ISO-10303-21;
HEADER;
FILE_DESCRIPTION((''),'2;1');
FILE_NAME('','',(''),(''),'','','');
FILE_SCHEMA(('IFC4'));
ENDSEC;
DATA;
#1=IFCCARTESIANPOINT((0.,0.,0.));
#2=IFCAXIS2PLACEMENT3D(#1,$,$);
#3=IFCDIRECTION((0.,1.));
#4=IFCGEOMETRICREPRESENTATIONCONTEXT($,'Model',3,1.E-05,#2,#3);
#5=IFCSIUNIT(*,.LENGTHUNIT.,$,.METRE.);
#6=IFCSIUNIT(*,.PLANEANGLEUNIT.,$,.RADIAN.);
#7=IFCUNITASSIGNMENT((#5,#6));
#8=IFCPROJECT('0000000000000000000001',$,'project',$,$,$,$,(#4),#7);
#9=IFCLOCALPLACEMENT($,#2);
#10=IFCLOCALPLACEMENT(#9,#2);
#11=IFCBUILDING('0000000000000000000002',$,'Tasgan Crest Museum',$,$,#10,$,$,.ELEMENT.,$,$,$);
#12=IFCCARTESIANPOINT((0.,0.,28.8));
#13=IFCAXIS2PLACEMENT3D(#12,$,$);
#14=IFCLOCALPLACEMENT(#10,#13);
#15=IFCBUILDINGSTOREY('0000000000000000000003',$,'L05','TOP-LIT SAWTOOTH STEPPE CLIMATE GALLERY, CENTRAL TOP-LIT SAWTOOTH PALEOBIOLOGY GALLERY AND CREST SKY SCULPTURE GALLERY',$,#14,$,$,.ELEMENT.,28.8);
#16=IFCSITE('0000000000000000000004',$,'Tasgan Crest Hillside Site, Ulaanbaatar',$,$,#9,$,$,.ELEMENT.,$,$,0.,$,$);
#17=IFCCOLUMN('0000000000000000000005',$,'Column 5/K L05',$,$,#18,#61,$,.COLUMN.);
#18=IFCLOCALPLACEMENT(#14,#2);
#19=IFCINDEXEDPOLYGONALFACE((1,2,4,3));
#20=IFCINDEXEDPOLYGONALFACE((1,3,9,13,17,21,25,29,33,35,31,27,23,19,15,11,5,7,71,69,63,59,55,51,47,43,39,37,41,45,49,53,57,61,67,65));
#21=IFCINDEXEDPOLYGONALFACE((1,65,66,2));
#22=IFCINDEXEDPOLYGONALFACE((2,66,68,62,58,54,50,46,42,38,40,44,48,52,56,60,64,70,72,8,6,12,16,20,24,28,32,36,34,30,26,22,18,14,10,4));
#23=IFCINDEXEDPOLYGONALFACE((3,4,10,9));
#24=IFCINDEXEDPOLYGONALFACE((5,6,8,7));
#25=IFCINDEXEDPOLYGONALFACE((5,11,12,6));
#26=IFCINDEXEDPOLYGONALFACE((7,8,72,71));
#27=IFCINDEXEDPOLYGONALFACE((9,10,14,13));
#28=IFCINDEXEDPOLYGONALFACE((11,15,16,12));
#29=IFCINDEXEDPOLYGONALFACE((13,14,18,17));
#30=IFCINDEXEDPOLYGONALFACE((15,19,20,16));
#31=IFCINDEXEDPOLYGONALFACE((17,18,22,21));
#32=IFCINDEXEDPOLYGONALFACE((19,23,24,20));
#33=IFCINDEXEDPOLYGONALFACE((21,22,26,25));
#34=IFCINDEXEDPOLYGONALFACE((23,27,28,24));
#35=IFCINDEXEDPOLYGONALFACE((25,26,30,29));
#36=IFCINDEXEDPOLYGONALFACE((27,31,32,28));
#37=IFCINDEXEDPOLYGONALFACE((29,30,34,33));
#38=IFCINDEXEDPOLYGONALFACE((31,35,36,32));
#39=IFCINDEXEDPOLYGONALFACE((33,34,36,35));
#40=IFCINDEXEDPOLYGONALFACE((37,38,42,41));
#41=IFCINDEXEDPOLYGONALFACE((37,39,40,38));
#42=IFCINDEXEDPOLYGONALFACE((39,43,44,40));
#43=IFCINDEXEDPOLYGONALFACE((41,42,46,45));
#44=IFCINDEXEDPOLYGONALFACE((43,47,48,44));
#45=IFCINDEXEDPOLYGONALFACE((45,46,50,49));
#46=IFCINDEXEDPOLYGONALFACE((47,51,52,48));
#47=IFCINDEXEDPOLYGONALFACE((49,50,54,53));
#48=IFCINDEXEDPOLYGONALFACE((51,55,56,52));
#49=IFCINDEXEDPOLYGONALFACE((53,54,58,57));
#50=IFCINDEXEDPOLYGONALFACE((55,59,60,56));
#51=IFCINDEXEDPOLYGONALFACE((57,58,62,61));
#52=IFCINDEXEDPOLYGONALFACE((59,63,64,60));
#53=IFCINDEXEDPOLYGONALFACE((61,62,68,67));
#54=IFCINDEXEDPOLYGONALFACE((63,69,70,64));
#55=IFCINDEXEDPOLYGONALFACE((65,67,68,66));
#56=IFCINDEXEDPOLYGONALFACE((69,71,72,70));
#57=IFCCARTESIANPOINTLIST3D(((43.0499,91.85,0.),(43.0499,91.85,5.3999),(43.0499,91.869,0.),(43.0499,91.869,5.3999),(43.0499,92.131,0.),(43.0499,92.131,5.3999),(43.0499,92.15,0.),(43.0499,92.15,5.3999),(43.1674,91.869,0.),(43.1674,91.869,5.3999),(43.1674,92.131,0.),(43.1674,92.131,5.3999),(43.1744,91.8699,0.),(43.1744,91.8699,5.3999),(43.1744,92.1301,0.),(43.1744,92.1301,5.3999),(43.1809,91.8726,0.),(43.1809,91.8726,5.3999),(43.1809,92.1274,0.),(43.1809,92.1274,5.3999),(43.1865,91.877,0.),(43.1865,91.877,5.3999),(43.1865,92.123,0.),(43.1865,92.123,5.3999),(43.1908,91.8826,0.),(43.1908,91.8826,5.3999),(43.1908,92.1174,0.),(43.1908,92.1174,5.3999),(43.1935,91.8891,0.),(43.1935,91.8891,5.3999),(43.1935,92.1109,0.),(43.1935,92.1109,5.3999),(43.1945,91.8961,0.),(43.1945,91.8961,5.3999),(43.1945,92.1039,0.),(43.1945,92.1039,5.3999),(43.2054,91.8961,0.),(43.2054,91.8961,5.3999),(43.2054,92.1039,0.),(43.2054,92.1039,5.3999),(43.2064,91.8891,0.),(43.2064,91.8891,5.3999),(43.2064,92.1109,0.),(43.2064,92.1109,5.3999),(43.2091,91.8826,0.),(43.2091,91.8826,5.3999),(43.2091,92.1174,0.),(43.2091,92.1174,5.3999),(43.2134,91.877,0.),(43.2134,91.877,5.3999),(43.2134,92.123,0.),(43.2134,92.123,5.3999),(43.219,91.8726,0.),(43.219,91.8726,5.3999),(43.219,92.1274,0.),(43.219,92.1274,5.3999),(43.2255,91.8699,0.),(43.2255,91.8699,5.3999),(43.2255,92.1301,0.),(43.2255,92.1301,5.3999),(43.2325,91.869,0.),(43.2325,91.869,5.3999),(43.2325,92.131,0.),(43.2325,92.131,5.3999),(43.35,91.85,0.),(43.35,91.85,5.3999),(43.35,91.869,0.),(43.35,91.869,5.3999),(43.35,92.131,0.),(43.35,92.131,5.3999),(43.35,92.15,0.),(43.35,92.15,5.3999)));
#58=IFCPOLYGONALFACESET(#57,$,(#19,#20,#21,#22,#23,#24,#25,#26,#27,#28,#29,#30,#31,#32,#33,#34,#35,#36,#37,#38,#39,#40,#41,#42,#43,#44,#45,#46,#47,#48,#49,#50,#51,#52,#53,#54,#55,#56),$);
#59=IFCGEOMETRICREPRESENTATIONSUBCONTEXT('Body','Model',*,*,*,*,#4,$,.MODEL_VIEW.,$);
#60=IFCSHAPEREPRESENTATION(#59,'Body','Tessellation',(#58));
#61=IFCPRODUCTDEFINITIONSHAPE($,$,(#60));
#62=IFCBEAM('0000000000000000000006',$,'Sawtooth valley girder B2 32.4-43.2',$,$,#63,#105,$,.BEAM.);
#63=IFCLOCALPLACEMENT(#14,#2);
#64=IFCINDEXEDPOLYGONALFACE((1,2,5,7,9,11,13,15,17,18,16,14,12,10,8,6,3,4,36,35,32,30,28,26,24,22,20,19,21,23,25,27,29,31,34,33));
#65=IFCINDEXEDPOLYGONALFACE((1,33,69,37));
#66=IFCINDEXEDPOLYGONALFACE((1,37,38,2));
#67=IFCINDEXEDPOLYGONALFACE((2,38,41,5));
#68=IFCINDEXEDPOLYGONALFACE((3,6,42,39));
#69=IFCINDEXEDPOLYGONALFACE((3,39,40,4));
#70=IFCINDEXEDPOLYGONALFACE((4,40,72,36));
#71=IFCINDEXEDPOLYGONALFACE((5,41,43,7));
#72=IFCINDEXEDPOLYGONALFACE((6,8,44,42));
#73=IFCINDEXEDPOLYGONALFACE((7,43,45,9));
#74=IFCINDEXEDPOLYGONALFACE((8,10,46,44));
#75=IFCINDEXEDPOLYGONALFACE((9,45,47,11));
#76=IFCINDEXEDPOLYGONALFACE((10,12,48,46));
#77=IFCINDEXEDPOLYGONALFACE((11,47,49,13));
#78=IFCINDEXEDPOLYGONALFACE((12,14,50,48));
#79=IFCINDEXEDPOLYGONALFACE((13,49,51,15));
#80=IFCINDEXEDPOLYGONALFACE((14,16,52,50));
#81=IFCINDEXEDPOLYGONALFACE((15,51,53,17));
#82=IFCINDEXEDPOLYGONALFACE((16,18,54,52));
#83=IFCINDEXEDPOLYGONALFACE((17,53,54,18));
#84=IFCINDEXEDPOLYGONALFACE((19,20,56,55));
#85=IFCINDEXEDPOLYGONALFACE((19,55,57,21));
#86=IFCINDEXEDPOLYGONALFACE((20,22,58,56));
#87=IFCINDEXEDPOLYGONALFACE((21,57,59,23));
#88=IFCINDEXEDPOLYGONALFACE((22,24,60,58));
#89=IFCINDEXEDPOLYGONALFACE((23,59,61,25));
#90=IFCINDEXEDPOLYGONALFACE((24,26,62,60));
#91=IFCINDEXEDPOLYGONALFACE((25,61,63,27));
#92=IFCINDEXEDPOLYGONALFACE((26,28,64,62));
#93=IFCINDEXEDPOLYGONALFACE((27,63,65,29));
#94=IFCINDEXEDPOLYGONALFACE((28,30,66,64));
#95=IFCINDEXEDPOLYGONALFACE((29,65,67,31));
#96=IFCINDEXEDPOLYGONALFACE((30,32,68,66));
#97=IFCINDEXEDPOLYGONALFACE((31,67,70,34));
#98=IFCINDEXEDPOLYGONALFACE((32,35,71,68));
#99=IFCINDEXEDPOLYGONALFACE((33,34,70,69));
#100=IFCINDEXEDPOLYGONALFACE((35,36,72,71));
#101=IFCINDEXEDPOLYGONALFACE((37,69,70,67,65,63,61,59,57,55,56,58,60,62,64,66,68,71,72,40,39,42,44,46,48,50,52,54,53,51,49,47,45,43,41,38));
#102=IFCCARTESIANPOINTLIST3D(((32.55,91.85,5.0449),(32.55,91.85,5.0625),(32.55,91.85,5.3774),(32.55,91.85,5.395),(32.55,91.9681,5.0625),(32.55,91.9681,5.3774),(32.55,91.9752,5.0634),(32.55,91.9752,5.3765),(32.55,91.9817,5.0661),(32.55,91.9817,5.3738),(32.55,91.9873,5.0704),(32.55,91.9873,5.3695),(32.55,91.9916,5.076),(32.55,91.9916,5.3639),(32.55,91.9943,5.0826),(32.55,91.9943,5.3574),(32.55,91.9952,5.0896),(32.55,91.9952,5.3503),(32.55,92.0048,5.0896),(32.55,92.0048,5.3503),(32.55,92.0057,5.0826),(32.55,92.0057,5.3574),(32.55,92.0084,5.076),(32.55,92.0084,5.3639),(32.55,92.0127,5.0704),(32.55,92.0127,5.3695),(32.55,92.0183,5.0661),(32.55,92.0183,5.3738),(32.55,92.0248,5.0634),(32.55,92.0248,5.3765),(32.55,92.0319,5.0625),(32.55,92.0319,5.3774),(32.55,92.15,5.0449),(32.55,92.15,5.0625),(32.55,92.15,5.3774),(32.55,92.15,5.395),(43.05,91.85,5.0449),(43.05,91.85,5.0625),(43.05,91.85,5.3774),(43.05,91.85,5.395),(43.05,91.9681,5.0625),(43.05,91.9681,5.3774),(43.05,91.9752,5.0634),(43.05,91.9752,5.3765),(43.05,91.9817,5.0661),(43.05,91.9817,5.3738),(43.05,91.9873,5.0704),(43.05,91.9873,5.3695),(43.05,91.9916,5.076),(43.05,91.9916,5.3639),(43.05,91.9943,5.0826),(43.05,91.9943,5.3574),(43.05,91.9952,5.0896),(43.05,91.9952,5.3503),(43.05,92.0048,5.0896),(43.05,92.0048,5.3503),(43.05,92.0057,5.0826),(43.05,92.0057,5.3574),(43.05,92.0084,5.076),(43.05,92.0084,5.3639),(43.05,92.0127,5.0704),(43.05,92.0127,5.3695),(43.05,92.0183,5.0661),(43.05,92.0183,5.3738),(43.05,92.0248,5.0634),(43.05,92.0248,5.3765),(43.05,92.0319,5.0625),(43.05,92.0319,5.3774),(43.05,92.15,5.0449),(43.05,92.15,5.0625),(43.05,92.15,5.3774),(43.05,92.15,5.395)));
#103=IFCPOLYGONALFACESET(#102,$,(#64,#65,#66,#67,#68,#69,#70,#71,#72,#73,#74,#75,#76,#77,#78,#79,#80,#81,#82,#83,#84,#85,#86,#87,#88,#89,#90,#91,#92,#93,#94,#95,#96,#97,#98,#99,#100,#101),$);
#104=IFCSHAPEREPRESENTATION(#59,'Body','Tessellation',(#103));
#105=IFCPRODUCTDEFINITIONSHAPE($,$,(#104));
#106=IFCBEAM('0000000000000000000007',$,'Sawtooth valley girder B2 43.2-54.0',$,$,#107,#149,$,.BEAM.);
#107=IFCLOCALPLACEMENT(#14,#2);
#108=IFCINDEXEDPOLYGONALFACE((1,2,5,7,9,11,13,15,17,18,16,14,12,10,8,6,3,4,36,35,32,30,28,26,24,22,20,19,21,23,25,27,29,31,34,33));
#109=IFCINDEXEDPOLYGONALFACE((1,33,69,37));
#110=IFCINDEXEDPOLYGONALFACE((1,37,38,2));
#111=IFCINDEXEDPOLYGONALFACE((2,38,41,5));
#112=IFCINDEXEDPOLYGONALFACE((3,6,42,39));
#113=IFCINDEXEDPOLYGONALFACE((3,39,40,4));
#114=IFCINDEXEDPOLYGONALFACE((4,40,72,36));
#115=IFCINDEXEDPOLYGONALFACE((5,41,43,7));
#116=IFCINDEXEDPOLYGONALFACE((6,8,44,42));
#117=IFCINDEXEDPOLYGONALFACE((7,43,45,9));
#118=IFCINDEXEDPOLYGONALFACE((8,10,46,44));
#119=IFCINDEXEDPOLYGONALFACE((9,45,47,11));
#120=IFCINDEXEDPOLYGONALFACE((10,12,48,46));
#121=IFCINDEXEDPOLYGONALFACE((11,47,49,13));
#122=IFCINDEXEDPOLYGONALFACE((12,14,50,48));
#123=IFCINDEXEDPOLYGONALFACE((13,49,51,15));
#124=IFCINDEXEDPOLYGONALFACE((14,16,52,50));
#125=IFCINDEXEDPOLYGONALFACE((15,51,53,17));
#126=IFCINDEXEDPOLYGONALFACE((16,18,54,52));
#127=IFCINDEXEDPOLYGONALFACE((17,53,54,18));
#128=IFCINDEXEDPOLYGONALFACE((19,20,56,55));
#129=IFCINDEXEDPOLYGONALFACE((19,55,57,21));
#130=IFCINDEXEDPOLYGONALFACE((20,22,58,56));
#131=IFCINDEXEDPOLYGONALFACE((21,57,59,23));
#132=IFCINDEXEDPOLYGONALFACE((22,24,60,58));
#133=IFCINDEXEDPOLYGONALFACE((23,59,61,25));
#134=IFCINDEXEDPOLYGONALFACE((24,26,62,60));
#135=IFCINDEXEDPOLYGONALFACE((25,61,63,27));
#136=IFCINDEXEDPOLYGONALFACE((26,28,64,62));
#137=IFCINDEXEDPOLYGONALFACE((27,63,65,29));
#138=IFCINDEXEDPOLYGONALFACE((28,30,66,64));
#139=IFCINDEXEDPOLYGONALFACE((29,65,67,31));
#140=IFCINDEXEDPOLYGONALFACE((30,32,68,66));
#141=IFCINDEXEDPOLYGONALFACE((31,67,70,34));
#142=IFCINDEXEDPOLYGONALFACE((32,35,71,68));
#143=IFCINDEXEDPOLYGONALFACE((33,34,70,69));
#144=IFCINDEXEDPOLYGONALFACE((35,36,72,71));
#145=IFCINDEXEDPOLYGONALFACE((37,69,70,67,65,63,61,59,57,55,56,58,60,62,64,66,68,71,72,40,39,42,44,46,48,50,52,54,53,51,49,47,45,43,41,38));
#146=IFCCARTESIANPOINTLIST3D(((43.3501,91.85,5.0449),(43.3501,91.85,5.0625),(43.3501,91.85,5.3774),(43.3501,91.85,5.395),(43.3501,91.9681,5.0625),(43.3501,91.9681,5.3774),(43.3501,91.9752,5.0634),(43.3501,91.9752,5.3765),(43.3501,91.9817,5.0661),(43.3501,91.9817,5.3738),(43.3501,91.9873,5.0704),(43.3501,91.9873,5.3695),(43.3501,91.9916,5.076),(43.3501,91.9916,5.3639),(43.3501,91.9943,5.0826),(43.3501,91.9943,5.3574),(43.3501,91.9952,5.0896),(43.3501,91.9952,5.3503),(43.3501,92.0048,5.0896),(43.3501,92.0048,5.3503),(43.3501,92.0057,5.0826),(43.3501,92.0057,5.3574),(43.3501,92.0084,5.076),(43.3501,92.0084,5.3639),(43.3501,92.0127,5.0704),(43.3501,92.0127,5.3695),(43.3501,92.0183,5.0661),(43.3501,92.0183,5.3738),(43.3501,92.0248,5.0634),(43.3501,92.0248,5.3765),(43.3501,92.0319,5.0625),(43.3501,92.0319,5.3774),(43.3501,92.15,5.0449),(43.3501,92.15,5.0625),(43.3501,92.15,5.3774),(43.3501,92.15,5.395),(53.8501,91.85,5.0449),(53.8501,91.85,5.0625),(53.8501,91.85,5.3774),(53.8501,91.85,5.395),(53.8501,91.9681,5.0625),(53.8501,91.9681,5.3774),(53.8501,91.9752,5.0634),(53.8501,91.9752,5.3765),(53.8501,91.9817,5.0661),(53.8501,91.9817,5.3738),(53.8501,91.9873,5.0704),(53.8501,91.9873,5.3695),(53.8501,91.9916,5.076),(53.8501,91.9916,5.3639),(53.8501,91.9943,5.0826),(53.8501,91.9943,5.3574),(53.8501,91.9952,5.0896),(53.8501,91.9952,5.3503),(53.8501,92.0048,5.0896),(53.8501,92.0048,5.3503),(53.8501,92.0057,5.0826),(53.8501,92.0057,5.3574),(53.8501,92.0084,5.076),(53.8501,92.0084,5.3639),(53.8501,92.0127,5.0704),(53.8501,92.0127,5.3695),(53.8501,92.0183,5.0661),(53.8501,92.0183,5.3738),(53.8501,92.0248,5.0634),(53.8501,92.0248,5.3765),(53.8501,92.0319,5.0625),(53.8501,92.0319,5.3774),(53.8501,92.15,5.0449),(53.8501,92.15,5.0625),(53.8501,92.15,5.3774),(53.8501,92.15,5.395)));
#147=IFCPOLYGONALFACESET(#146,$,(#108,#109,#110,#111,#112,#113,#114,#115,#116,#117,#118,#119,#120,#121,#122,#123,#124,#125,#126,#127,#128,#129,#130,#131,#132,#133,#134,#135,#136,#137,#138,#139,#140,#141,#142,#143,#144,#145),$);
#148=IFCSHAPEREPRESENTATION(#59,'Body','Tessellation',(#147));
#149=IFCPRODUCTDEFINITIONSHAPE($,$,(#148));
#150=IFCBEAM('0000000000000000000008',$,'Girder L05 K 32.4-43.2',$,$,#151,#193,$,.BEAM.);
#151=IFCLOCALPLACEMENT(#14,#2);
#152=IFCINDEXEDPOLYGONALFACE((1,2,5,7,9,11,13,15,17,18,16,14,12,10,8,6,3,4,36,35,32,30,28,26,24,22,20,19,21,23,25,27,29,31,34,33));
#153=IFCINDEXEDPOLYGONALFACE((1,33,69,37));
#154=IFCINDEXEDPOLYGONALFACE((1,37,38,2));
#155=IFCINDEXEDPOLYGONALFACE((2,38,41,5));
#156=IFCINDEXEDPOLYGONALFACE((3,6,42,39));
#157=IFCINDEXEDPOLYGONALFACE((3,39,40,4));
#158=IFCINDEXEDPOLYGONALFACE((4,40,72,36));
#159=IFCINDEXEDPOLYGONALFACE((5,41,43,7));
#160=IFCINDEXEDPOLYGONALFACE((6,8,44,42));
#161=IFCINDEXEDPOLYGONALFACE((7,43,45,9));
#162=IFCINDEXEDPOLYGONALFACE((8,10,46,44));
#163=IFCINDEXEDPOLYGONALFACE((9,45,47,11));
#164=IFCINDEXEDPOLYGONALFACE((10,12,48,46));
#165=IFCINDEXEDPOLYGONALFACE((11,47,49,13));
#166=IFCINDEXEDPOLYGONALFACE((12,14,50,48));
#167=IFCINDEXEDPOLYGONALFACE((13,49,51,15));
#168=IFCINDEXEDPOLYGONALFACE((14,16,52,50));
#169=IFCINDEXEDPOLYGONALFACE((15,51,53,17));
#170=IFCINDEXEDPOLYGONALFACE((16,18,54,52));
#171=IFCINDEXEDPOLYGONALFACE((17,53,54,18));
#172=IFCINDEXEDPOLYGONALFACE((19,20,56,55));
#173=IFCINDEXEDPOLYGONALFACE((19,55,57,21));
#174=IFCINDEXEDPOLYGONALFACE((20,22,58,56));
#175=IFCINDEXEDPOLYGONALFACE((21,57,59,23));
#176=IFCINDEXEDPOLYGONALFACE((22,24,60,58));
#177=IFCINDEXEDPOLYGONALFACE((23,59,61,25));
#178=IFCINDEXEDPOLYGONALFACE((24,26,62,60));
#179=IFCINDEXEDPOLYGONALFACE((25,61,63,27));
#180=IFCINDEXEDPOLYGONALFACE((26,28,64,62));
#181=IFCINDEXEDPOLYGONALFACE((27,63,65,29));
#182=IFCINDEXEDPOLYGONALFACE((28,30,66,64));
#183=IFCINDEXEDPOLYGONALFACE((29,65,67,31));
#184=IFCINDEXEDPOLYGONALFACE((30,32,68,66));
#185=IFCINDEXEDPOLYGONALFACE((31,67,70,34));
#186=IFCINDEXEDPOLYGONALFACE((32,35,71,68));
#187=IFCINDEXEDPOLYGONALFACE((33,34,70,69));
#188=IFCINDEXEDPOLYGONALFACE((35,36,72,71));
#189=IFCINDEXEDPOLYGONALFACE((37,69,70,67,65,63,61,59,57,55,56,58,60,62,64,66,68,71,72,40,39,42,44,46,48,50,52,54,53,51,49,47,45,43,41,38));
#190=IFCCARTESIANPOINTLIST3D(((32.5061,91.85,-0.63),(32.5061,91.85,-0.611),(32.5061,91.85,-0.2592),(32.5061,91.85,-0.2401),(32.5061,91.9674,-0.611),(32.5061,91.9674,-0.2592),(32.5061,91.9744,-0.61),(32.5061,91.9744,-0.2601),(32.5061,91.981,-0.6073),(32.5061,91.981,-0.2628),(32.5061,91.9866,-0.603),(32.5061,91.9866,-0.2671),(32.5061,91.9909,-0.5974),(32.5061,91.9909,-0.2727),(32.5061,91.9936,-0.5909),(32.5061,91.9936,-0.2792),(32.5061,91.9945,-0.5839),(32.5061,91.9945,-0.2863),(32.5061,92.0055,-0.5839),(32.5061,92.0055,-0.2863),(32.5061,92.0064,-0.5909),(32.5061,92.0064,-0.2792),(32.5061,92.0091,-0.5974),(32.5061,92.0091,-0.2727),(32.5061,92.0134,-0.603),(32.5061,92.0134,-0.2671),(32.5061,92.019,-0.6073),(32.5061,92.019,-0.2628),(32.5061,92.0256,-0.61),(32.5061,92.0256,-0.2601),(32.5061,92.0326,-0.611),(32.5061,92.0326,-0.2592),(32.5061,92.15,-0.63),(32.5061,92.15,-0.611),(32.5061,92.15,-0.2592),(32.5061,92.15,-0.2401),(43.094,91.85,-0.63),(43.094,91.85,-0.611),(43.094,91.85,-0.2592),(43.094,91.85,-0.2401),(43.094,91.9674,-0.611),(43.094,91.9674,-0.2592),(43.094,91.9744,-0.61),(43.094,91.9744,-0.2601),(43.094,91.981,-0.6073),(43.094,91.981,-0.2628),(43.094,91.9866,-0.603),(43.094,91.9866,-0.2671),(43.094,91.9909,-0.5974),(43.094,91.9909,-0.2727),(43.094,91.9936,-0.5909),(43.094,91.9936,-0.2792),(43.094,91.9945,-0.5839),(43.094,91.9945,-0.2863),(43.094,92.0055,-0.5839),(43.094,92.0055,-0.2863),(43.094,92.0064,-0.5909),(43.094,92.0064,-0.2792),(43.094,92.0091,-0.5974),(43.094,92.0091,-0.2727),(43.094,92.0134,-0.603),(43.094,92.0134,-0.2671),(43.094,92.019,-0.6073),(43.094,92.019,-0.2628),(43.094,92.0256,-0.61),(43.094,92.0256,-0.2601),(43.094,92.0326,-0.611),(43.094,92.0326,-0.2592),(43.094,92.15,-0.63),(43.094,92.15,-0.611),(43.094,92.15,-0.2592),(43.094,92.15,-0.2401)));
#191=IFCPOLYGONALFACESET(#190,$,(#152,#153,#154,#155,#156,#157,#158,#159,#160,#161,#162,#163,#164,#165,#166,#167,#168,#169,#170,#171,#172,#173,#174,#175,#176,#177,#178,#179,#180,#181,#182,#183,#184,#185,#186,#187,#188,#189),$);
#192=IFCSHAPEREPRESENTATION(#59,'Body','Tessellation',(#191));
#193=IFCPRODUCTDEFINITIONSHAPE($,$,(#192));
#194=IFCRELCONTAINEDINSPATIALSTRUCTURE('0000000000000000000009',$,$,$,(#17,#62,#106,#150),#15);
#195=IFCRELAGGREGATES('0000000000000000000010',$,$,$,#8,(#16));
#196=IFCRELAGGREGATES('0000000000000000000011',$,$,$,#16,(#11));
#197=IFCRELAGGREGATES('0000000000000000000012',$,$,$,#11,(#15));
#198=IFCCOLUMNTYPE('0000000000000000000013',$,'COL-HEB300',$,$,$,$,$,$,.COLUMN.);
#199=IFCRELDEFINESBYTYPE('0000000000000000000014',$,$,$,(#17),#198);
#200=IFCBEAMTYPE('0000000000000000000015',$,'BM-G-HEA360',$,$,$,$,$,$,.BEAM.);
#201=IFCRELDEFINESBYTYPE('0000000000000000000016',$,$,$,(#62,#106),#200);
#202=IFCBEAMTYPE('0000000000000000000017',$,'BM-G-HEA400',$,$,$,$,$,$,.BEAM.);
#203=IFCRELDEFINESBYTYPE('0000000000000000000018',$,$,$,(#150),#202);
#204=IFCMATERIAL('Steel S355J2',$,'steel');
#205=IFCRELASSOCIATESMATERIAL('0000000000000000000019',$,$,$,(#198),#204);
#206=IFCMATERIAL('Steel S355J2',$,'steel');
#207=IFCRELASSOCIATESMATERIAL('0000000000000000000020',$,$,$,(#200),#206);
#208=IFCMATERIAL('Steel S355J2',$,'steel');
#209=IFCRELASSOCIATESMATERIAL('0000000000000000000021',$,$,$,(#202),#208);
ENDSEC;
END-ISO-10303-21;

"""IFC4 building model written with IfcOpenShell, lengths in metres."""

from ifc_helpers import new_model, si_unit, direction, frame, origin, origin_2d, place, context, subcontext, project, spatial, i_section, extrude, material, material_profile, profile_set, type_object, element, save


model = new_model("IFC4")

# Units and contexts
model_context = context("Model", 3, precision=1e-05, world=origin(), true_north=direction((0.0, 1.0)))
body_context = subcontext(model_context, "Body", "Model", "MODEL_VIEW")
ifc_project = project(units=[si_unit("LENGTHUNIT", "METRE"), si_unit("PLANEANGLEUNIT", "RADIAN")], contexts=[model_context])

# Site, building, storey
site_placement = place(None, origin())
site = spatial("IfcSite", under=ifc_project, at=site_placement, Name="Tasgan Crest Hillside Site, Ulaanbaatar", CompositionType="ELEMENT", RefElevation=0.0)
building_placement = place(site_placement, origin())
building = spatial("IfcBuilding", under=site, at=building_placement, Name="Tasgan Crest Museum", CompositionType="ELEMENT")
storey_placement = place(building_placement, frame((0.0, 0.0, 28.8)))
storey = spatial("IfcBuildingStorey", under=building, at=storey_placement, Name="L05", Description="TOP-LIT SAWTOOTH STEPPE CLIMATE GALLERY, CENTRAL TOP-LIT SAWTOOTH PALEOBIOLOGY GALLERY AND CREST SKY SCULPTURE GALLERY", CompositionType="ELEMENT", Elevation=28.8)

# Column
ifc_material_1 = material(Name="Steel S355J2", Category="steel")
ifc_material_profile_1 = material_profile(ifc_material_1, i_section(OverallWidth=0.3, OverallDepth=0.3, WebThickness=0.011, FlangeThickness=0.019, FilletRadius=0.0271, at=origin_2d()), Name="HEB 300")
ifc_profile_set_1 = profile_set([ifc_material_profile_1], Name="Steel S355J2")
column_type = type_object("IfcColumnType", Name="COL-HEB300", PredefinedType="COLUMN", material=ifc_profile_set_1)
column_placement = place(storey_placement, frame((43.2, 92.0, 0.0), z_axis=(0.0, 0.0, 1.0), x_axis=(1.0, 0.0, 0.0)))
element("IfcColumn", 1, at=column_placement, inside=storey, type_object=column_type, Name="Column 5/K L05", PredefinedType="COLUMN", context=body_context, shape_type="SweptSolid", body=[
    extrude(i_section(OverallWidth=0.3, OverallDepth=0.3, WebThickness=0.011, FlangeThickness=0.019, FilletRadius=0.0271, at=origin_2d()), origin(), (0.0, 0.0, 1.0), 5.3999),
])

# Beams
ifc_material_2 = material(Name="Steel S355J2", Category="steel")
ifc_material_profile_2 = material_profile(ifc_material_2, i_section(OverallWidth=0.3, OverallDepth=0.3501, WebThickness=0.0095, FlangeThickness=0.0176, FilletRadius=0.0271, at=origin_2d()), Name="HEA 360")
ifc_profile_set_2 = profile_set([ifc_material_profile_2], Name="Steel S355J2")
beam_type_1 = type_object("IfcBeamType", Name="BM-G-HEA360", PredefinedType="BEAM", material=ifc_profile_set_2)
for number, where, z_axis, x_axis, name in (
    (2, (32.55, 92.0, 5.22), (1.0, 0.0, 0.0), (0.0, 1.0, 0.0), "Sawtooth valley girder B2 32.4-43.2"),
    (3, (43.3501, 92.0, 5.22), (1.0, 0.0, 0.0), (0.0, 1.0, 0.0), "Sawtooth valley girder B2 43.2-54.0"),
):
    element("IfcBeam", number, at=place(storey_placement, frame(where, z_axis=z_axis, x_axis=x_axis)), inside=storey, type_object=beam_type_1, Name=name, PredefinedType="BEAM", context=body_context, shape_type="SweptSolid", body=[
        extrude(i_section(OverallWidth=0.3, OverallDepth=0.3501, WebThickness=0.0095, FlangeThickness=0.0176, FilletRadius=0.0271, at=origin_2d()), origin(), (0.0, 0.0, 1.0), 10.5),
    ])
ifc_material_3 = material(Name="Steel S355J2", Category="steel")
ifc_material_profile_3 = material_profile(ifc_material_3, i_section(OverallWidth=0.3, OverallDepth=0.3899, WebThickness=0.011, FlangeThickness=0.019, FilletRadius=0.0271, at=origin_2d()), Name="HEA 400")
ifc_profile_set_3 = profile_set([ifc_material_profile_3], Name="Steel S355J2")
beam_type_2 = type_object("IfcBeamType", Name="BM-G-HEA400", PredefinedType="BEAM", material=ifc_profile_set_3)
beam_1_placement = place(storey_placement, frame((32.5061, 92.0, -0.4351), z_axis=(1.0, 0.0, 0.0), x_axis=(0.0, 1.0, 0.0)))
element("IfcBeam", 4, at=beam_1_placement, inside=storey, type_object=beam_type_2, Name="Girder L05 K 32.4-43.2", PredefinedType="BEAM", context=body_context, shape_type="SweptSolid", body=[
    extrude(i_section(OverallWidth=0.3, OverallDepth=0.3899, WebThickness=0.011, FlangeThickness=0.019, FilletRadius=0.0271, at=origin_2d()), origin(), (0.0, 0.0, 1.0), 10.5879),
])

save(model, "model.ifc")
